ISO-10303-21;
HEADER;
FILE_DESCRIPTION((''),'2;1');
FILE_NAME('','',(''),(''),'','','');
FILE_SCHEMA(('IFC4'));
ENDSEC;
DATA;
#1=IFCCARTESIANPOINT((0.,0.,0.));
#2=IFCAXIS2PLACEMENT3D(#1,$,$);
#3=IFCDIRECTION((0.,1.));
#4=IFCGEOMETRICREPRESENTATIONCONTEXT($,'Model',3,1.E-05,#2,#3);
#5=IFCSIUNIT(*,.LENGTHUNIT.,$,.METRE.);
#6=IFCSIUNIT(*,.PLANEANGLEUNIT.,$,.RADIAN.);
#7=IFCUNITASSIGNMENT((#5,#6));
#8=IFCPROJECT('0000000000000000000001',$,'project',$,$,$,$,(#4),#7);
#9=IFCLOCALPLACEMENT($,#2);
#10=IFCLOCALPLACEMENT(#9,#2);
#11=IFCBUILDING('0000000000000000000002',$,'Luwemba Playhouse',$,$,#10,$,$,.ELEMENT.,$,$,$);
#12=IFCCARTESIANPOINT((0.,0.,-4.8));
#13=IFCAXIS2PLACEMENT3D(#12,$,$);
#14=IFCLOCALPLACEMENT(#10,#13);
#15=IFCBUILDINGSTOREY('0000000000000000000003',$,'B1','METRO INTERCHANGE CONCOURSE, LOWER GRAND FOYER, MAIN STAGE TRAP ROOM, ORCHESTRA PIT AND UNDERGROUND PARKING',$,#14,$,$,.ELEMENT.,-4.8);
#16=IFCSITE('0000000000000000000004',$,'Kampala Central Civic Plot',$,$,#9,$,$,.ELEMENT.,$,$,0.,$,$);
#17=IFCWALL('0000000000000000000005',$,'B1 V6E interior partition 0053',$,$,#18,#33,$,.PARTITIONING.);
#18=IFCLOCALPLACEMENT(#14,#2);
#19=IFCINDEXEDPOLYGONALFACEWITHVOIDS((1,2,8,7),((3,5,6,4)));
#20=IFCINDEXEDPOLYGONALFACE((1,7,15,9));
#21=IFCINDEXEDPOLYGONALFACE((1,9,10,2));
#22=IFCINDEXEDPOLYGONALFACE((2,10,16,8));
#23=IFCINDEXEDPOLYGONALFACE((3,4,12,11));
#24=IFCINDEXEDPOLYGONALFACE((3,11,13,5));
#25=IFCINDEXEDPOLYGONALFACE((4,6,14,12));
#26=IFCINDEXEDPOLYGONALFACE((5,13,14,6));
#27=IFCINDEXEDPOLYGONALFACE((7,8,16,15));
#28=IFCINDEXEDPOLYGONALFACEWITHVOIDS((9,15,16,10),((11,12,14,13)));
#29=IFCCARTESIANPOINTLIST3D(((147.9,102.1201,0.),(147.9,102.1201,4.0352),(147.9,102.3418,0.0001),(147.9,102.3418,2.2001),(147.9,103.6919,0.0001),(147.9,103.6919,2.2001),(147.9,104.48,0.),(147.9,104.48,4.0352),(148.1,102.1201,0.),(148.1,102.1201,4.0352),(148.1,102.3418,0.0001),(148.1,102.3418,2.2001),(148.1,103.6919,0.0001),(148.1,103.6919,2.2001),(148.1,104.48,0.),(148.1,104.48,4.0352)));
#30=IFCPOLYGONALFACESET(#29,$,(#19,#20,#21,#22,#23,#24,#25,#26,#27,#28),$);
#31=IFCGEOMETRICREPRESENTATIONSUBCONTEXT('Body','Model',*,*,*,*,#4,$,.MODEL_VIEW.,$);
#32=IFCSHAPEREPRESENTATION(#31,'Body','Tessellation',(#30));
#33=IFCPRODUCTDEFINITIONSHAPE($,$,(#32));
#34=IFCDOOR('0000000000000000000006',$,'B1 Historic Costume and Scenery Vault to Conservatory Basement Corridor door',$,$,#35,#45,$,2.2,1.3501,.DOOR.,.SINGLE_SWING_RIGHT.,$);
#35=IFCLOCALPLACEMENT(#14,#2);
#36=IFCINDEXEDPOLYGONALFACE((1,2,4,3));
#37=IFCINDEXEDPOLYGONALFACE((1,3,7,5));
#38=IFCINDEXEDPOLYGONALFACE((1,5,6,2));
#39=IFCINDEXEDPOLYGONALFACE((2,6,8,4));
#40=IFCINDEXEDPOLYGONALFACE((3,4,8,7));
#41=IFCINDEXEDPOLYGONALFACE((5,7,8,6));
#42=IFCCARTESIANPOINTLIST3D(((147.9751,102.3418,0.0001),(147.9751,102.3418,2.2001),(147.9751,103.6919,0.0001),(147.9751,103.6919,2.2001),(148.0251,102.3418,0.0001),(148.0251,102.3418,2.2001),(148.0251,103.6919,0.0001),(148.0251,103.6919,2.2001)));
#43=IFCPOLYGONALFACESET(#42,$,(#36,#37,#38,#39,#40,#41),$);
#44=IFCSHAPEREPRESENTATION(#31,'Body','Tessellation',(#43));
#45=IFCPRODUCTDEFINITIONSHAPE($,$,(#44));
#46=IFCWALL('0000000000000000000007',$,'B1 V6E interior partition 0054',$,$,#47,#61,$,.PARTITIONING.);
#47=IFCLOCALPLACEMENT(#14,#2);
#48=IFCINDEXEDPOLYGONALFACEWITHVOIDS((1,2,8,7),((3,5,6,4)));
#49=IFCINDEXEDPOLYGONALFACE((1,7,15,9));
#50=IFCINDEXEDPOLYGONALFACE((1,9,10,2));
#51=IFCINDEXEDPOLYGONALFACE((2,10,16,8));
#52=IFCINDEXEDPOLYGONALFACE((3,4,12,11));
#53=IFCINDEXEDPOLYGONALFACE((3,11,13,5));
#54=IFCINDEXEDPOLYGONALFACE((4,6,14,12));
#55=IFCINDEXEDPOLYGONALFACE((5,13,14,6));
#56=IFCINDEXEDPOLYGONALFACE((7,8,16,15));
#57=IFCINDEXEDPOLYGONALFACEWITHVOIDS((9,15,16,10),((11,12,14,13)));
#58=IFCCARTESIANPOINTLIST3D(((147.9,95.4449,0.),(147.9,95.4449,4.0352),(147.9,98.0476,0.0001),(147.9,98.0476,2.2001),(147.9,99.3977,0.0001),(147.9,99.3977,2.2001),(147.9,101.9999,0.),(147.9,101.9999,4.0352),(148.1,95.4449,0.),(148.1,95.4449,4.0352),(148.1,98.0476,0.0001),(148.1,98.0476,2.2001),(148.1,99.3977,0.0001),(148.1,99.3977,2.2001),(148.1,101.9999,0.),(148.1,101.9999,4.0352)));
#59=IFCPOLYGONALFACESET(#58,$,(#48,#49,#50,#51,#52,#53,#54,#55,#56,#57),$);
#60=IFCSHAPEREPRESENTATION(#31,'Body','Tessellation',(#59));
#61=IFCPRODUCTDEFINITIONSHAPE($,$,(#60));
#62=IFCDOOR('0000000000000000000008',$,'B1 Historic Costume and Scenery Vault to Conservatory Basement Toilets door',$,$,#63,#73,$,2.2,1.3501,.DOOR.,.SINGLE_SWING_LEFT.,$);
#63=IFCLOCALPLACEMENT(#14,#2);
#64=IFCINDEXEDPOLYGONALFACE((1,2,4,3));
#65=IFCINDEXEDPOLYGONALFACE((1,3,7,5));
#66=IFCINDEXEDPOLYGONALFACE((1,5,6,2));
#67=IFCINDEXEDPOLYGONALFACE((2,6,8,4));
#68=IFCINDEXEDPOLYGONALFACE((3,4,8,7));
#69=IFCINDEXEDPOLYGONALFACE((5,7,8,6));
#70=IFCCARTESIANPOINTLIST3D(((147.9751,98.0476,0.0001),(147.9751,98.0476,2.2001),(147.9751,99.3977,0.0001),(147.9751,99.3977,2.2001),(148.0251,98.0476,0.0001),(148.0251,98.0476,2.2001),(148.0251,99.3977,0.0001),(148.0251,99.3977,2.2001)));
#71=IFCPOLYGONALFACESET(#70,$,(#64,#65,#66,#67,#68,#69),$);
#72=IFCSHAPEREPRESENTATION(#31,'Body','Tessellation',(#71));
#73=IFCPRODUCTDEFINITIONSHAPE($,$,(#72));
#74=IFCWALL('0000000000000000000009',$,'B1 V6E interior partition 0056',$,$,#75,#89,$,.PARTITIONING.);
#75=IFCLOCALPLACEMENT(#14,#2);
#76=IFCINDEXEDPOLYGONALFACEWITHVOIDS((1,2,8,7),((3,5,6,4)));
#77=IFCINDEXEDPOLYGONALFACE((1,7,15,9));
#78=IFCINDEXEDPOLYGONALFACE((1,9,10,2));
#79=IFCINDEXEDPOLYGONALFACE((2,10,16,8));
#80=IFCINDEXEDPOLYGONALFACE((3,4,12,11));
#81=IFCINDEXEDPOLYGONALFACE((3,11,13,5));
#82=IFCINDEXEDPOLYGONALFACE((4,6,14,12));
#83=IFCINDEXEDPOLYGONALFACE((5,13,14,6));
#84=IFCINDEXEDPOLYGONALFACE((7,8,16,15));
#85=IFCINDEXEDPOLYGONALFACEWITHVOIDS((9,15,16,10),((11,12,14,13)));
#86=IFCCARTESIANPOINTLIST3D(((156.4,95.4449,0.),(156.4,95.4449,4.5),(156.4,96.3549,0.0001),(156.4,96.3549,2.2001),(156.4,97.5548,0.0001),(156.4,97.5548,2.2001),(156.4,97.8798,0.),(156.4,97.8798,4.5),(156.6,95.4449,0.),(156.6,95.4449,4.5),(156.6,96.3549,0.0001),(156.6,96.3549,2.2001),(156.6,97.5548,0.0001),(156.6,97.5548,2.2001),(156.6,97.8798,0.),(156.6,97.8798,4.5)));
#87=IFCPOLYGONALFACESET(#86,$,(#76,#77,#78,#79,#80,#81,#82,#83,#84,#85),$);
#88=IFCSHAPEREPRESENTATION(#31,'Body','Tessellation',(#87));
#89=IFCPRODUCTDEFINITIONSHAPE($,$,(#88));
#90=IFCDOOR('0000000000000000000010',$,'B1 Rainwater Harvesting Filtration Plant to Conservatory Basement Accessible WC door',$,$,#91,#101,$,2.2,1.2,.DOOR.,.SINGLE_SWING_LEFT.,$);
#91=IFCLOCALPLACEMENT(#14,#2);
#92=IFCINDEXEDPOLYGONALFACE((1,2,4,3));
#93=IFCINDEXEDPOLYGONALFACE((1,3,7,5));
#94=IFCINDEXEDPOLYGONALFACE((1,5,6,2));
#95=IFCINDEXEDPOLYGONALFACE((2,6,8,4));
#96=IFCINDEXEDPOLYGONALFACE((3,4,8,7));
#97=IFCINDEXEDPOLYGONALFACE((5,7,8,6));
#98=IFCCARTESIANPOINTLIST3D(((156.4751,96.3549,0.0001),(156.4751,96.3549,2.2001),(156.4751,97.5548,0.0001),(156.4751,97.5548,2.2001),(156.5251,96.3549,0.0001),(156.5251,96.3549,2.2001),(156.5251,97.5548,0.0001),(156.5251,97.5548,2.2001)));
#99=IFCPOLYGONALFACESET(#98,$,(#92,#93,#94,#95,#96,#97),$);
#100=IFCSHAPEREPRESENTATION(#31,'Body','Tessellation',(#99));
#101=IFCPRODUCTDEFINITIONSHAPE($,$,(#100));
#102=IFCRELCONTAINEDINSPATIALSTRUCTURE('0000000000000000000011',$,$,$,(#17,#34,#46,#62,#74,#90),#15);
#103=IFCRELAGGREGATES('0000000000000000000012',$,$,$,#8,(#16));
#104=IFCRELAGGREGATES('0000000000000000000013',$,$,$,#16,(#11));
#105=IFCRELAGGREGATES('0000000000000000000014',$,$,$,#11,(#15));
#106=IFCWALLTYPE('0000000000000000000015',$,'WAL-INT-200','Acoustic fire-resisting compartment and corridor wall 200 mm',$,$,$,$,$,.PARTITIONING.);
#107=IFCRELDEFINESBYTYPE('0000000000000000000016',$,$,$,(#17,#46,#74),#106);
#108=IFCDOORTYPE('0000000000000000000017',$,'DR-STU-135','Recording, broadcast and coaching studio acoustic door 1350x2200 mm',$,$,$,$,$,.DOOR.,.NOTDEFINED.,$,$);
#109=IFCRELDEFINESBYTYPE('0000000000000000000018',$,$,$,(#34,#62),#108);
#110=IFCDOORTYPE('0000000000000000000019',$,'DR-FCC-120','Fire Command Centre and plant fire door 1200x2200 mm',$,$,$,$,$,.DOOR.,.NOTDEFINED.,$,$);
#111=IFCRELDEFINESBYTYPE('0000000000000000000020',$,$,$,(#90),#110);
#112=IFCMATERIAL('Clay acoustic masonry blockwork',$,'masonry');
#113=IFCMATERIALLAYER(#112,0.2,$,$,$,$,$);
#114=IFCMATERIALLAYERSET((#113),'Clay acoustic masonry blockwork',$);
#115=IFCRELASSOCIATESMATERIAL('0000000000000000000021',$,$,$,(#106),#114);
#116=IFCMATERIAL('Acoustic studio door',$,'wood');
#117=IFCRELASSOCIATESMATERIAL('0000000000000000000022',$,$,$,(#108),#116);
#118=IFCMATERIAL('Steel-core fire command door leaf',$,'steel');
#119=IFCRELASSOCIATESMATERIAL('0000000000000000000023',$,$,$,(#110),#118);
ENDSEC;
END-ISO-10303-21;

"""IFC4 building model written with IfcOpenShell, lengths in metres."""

from ifc_helpers import new_model, si_unit, direction, frame, frame_2d, origin, place, context, subcontext, project, spatial, rectangle, extrude, material, layer, layer_set, type_object, element, fill, save


model = new_model("IFC4")

# Units and contexts
model_context = context("Model", 3, precision=1e-05, world=origin(), true_north=direction((0.0, 1.0)))
body_context = subcontext(model_context, "Body", "Model", "MODEL_VIEW")
ifc_project = project(units=[si_unit("LENGTHUNIT", "METRE"), si_unit("PLANEANGLEUNIT", "RADIAN")], contexts=[model_context])

# Site, building, storey
site_placement = place(None, origin())
site = spatial("IfcSite", under=ifc_project, at=site_placement, Name="Kampala Central Civic Plot", CompositionType="ELEMENT", RefElevation=0.0)
building_placement = place(site_placement, origin())
building = spatial("IfcBuilding", under=site, at=building_placement, Name="Luwemba Playhouse", CompositionType="ELEMENT")
storey_placement = place(building_placement, frame((0.0, 0.0, -4.8)))
storey = spatial("IfcBuildingStorey", under=building, at=storey_placement, Name="B1", Description="METRO INTERCHANGE CONCOURSE, LOWER GRAND FOYER, MAIN STAGE TRAP ROOM, ORCHESTRA PIT AND UNDERGROUND PARKING", CompositionType="ELEMENT", Elevation=-4.8)

# Walls, openings, doors
ifc_material_1 = material(Name="Clay acoustic masonry blockwork", Category="masonry")
ifc_layer_1 = layer(ifc_material_1, 0.2)
ifc_layer_set_1 = layer_set([ifc_layer_1], Name="Clay acoustic masonry blockwork")
wall_type_1 = type_object("IfcWallType", Name="WAL-INT-200", Description="Acoustic fire-resisting compartment and corridor wall 200 mm", PredefinedType="PARTITIONING", material=ifc_layer_set_1)
wall_1_placement = place(storey_placement, frame((148.0, 102.1201, 0.0), z_axis=(0.0, 0.0, 1.0), x_axis=(0.0, 1.0, 0.0)))
wall_1 = element("IfcWall", 1, at=wall_1_placement, inside=storey, type_object=wall_type_1, Name="B1 V6E interior partition 0053", PredefinedType="PARTITIONING", context=body_context, shape_type="SweptSolid", body=[
    extrude(rectangle(XDim=2.3599, YDim=0.2, at=frame_2d((1.1799, 0.0))), origin(), (0.0, 0.0, 1.0), 4.0352),
])
opening_1_placement = place(wall_1_placement, frame((0.2217, 0.0, 0.0)))
opening_1 = element("IfcOpeningElement", 2, at=opening_1_placement, cuts=wall_1, PredefinedType="OPENING", context=body_context, shape_type="SweptSolid", body=[
    extrude(rectangle(XDim=1.3501, YDim=2.2, at=frame_2d((0.675, 1.1001))), frame((0.0, 0.1099, 0.0), z_axis=(0.0, -1.0, 0.0), x_axis=(1.0, 0.0, 0.0)), (0.0, 0.0, 1.0), 0.22),
])
ifc_material_2 = material(Name="Acoustic studio door", Category="wood")
door_type_1 = type_object("IfcDoorType", Name="DR-STU-135", Description="Recording, broadcast and coaching studio acoustic door 1350x2200 mm", OperationType="NOTDEFINED", PredefinedType="DOOR", material=ifc_material_2)
door_1_placement = place(opening_1_placement, origin())
door_1 = element("IfcDoor", 3, at=door_1_placement, inside=storey, type_object=door_type_1, Name="B1 Historic Costume and Scenery Vault to Conservatory Basement Corridor door", OperationType="SINGLE_SWING_RIGHT", OverallHeight=2.2, OverallWidth=1.3501, PredefinedType="DOOR", context=body_context, shape_type="SweptSolid", body=[
    extrude(rectangle(XDim=1.3501, YDim=2.2, at=frame_2d((0.675, 1.1001))), frame((0.0, 0.0249, 0.0), z_axis=(0.0, -1.0, 0.0), x_axis=(1.0, 0.0, 0.0)), (0.0, 0.0, 1.0), 0.05),
])
fill(opening_1, door_1)
wall_2_placement = place(storey_placement, frame((148.0, 95.4451, 0.0), z_axis=(0.0, 0.0, 1.0), x_axis=(0.0, 1.0, 0.0)))
wall_2 = element("IfcWall", 4, at=wall_2_placement, inside=storey, type_object=wall_type_1, Name="B1 V6E interior partition 0054", PredefinedType="PARTITIONING", context=body_context, shape_type="SweptSolid", body=[
    extrude(rectangle(XDim=6.5549, YDim=0.2, at=frame_2d((3.2773, 0.0))), origin(), (0.0, 0.0, 1.0), 4.0352),
])
opening_2_placement = place(wall_2_placement, frame((2.6025, 0.0, 0.0)))
opening_2 = element("IfcOpeningElement", 5, at=opening_2_placement, cuts=wall_2, PredefinedType="OPENING", context=body_context, shape_type="SweptSolid", body=[
    extrude(rectangle(XDim=1.3501, YDim=2.2, at=frame_2d((0.675, 1.1001))), frame((0.0, 0.1099, 0.0), z_axis=(0.0, -1.0, 0.0), x_axis=(1.0, 0.0, 0.0)), (0.0, 0.0, 1.0), 0.22),
])
door_2_placement = place(opening_2_placement, origin())
door_2 = element("IfcDoor", 6, at=door_2_placement, inside=storey, type_object=door_type_1, Name="B1 Historic Costume and Scenery Vault to Conservatory Basement Toilets door", OperationType="SINGLE_SWING_LEFT", OverallHeight=2.2, OverallWidth=1.3501, PredefinedType="DOOR", context=body_context, shape_type="SweptSolid", body=[
    extrude(rectangle(XDim=1.3501, YDim=2.2, at=frame_2d((0.675, 1.1001))), frame((0.0, 0.0249, 0.0), z_axis=(0.0, -1.0, 0.0), x_axis=(1.0, 0.0, 0.0)), (0.0, 0.0, 1.0), 0.05),
])
fill(opening_2, door_2)
wall_3_placement = place(storey_placement, frame((156.5, 95.4451, 0.0), z_axis=(0.0, 0.0, 1.0), x_axis=(0.0, 1.0, 0.0)))
wall_3 = element("IfcWall", 7, at=wall_3_placement, inside=storey, type_object=wall_type_1, Name="B1 V6E interior partition 0056", PredefinedType="PARTITIONING", context=body_context, shape_type="SweptSolid", body=[
    extrude(rectangle(XDim=2.4348, YDim=0.2, at=frame_2d((1.2173, 0.0))), origin(), (0.0, 0.0, 1.0), 4.5),
])
opening_3_placement = place(wall_3_placement, frame((0.9097, 0.0, 0.0)))
opening_3 = element("IfcOpeningElement", 8, at=opening_3_placement, cuts=wall_3, PredefinedType="OPENING", context=body_context, shape_type="SweptSolid", body=[
    extrude(rectangle(XDim=1.2, YDim=2.2, at=frame_2d((0.6001, 1.1001))), frame((0.0, 0.1099, 0.0), z_axis=(0.0, -1.0, 0.0), x_axis=(1.0, 0.0, 0.0)), (0.0, 0.0, 1.0), 0.22),
])
ifc_material_3 = material(Name="Steel-core fire command door leaf", Category="steel")
door_type_2 = type_object("IfcDoorType", Name="DR-FCC-120", Description="Fire Command Centre and plant fire door 1200x2200 mm", OperationType="NOTDEFINED", PredefinedType="DOOR", material=ifc_material_3)
door_3_placement = place(opening_3_placement, origin())
door_3 = element("IfcDoor", 9, at=door_3_placement, inside=storey, type_object=door_type_2, Name="B1 Rainwater Harvesting Filtration Plant to Conservatory Basement Accessible WC door", OperationType="SINGLE_SWING_LEFT", OverallHeight=2.2, OverallWidth=1.2, PredefinedType="DOOR", context=body_context, shape_type="SweptSolid", body=[
    extrude(rectangle(XDim=1.2, YDim=2.2, at=frame_2d((0.6001, 1.1001))), frame((0.0, 0.0249, 0.0), z_axis=(0.0, -1.0, 0.0), x_axis=(1.0, 0.0, 0.0)), (0.0, 0.0, 1.0), 0.05),
])
fill(opening_3, door_3)

save(model, "model.ifc")
